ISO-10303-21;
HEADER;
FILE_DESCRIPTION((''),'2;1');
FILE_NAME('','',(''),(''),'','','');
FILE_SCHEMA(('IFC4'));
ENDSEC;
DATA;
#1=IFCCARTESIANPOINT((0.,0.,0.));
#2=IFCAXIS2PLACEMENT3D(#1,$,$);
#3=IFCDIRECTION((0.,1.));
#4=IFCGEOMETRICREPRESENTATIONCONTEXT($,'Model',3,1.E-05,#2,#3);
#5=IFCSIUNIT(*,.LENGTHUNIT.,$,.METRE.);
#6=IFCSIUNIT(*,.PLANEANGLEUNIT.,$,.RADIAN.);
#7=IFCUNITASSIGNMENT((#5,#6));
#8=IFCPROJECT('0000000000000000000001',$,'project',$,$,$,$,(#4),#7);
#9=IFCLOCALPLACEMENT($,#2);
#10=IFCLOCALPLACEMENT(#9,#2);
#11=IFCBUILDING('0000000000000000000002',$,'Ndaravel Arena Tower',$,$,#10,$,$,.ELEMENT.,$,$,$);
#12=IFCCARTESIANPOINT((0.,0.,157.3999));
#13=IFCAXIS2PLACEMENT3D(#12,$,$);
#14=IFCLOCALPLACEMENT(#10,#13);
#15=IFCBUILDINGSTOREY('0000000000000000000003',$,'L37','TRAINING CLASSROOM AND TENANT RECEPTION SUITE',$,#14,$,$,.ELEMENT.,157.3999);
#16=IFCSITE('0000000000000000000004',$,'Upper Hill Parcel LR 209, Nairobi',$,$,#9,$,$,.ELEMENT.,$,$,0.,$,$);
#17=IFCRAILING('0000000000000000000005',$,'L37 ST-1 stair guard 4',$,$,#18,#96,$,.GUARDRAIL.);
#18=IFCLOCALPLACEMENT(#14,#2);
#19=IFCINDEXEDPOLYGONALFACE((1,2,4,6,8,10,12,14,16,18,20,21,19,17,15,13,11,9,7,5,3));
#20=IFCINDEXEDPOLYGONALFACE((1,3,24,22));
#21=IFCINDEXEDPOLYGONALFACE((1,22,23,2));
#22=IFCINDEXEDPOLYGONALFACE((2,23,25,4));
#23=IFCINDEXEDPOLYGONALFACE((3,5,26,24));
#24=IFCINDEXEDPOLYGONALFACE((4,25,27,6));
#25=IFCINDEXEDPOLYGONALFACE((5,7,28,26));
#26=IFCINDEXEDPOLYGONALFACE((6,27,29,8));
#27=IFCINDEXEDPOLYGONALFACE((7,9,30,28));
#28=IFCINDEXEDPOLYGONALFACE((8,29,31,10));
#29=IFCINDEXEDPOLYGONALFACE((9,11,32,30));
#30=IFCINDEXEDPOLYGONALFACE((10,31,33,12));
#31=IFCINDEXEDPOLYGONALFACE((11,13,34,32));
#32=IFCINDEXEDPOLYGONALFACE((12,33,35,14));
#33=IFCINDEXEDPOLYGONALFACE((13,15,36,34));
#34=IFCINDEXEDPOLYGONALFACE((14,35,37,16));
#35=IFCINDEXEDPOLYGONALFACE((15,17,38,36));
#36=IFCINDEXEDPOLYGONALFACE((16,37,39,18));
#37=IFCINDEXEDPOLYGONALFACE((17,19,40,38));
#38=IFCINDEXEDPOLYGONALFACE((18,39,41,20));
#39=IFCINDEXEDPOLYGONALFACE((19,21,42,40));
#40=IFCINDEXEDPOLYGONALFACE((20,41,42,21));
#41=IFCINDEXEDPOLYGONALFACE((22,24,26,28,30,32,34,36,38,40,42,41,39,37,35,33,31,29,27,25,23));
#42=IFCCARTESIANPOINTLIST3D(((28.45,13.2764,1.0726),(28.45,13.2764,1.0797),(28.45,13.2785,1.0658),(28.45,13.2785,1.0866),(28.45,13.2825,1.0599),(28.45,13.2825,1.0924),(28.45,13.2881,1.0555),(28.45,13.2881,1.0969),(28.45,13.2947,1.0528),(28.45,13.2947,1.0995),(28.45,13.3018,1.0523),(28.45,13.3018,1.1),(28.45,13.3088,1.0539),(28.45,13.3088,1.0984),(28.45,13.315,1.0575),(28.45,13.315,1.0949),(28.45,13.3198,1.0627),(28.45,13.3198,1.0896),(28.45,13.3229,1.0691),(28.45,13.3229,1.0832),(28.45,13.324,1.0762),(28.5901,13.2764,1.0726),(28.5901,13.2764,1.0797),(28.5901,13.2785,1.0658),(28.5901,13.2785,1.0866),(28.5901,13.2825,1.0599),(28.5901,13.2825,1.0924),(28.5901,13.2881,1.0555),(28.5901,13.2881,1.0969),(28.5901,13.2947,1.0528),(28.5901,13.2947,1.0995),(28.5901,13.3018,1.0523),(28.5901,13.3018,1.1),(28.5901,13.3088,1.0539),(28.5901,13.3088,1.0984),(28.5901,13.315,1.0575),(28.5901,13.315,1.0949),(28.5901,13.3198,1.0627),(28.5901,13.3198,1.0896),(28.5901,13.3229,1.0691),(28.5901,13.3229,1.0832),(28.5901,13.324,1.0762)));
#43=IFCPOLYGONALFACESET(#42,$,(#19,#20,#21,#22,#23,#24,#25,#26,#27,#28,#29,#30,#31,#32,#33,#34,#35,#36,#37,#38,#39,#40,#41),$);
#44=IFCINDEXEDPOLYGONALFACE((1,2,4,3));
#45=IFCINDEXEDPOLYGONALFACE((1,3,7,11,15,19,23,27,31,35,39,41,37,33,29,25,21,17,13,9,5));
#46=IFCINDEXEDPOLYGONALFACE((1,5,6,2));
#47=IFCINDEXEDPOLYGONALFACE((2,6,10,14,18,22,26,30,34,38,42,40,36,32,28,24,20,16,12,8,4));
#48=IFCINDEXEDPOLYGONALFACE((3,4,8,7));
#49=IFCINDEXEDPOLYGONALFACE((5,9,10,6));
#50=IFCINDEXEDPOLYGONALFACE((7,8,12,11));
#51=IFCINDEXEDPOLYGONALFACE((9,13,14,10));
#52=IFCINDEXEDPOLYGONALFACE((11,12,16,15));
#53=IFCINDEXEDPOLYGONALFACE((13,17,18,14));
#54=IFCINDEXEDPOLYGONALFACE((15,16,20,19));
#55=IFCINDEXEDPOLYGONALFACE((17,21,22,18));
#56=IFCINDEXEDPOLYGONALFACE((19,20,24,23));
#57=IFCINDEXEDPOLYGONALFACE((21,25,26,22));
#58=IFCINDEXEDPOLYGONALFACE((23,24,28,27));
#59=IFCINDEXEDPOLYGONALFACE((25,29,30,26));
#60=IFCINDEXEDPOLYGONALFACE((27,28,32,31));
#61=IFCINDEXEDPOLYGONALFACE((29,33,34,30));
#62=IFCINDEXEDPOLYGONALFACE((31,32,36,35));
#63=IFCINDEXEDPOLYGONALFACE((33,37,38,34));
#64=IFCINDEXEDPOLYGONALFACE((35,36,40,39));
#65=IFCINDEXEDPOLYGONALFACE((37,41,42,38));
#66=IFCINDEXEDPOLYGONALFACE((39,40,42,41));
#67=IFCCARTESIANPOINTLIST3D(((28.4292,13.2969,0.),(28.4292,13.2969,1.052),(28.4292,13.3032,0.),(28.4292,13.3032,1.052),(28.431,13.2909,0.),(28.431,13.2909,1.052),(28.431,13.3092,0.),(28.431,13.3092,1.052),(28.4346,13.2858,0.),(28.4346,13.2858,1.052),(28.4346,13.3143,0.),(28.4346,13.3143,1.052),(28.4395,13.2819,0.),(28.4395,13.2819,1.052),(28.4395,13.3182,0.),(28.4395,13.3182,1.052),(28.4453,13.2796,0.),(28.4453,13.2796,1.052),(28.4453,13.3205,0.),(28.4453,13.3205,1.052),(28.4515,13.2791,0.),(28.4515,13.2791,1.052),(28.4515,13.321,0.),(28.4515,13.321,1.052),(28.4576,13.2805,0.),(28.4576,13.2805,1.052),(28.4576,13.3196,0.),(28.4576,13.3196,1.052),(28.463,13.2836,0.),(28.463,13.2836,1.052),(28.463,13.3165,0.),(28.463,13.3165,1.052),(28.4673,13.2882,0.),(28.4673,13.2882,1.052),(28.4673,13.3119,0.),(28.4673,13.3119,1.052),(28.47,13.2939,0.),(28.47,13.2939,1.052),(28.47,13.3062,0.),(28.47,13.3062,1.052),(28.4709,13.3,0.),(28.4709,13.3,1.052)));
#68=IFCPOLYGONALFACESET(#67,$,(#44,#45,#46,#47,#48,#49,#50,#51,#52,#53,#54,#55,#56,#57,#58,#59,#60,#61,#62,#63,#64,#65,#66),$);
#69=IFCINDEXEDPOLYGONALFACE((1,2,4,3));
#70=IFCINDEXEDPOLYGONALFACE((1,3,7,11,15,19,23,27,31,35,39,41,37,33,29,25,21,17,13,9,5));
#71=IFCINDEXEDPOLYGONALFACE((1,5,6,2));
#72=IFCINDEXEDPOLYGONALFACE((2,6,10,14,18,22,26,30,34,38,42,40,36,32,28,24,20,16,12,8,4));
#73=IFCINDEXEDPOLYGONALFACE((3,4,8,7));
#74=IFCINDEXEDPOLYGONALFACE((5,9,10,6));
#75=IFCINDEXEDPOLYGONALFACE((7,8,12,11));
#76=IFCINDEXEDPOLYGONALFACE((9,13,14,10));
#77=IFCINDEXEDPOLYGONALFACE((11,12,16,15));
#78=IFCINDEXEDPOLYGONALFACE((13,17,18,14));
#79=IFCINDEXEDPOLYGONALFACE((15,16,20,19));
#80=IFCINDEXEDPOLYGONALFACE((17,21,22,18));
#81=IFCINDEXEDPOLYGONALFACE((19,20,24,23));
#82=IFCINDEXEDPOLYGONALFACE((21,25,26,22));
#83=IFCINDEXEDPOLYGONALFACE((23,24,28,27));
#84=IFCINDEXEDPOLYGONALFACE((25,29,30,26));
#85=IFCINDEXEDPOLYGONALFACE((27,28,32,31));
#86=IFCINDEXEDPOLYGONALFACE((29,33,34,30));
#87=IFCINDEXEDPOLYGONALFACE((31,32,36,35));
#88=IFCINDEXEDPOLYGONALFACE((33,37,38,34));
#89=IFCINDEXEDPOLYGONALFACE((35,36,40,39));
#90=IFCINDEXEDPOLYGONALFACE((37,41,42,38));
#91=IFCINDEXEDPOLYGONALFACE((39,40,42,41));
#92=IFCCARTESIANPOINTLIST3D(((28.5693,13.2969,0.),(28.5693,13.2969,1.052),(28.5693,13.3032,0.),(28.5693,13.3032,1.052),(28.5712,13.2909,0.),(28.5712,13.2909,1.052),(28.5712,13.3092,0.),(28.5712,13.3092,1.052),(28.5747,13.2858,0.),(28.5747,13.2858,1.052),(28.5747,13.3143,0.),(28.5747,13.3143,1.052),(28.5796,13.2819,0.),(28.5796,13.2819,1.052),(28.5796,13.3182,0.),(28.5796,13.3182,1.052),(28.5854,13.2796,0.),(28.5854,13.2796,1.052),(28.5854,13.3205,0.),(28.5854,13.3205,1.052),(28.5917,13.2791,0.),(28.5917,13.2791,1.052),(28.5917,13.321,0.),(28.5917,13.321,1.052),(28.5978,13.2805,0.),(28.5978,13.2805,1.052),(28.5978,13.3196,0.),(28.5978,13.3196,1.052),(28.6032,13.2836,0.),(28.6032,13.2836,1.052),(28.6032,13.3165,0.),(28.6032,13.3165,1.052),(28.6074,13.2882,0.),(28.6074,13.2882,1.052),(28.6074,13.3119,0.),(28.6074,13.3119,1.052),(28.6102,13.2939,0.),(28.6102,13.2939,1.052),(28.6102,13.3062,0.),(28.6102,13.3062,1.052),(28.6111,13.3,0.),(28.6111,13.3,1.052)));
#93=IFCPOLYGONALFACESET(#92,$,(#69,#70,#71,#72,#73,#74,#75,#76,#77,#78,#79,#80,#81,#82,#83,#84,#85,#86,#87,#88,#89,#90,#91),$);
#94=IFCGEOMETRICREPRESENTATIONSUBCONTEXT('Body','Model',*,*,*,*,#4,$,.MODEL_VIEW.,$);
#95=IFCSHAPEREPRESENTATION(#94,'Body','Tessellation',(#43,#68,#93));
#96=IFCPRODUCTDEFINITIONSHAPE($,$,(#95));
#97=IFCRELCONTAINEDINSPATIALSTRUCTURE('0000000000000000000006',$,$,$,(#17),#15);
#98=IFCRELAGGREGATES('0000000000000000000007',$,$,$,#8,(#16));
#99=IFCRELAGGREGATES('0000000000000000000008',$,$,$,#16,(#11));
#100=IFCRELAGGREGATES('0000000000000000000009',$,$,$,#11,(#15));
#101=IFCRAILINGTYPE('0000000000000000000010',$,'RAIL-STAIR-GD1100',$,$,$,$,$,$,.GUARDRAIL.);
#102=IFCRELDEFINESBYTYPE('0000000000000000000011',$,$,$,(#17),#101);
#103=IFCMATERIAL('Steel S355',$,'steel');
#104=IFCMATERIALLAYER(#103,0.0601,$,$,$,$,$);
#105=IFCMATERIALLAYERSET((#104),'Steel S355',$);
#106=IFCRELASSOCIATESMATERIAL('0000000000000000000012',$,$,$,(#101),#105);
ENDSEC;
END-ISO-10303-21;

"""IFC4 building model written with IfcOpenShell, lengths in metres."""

from ifc_helpers import new_model, si_unit, direction, frame, origin, origin_2d, place, context, subcontext, project, spatial, circle, extrude, material, layer, layer_set, type_object, element, save


model = new_model("IFC4")

# Units and contexts
model_context = context("Model", 3, precision=1e-05, world=origin(), true_north=direction((0.0, 1.0)))
body_context = subcontext(model_context, "Body", "Model", "MODEL_VIEW")
ifc_project = project(units=[si_unit("LENGTHUNIT", "METRE"), si_unit("PLANEANGLEUNIT", "RADIAN")], contexts=[model_context])

# Site, building, storey
site_placement = place(None, origin())
site = spatial("IfcSite", under=ifc_project, at=site_placement, Name="Upper Hill Parcel LR 209, Nairobi", CompositionType="ELEMENT", RefElevation=0.0)
building_placement = place(site_placement, origin())
building = spatial("IfcBuilding", under=site, at=building_placement, Name="Ndaravel Arena Tower", CompositionType="ELEMENT")
storey_placement = place(building_placement, frame((0.0, 0.0, 157.3999)))
storey = spatial("IfcBuildingStorey", under=building, at=storey_placement, Name="L37", Description="TRAINING CLASSROOM AND TENANT RECEPTION SUITE", CompositionType="ELEMENT", Elevation=157.3999)

# Railing
ifc_material_1 = material(Name="Steel S355", Category="steel")
ifc_layer_1 = layer(ifc_material_1, 0.0601)
ifc_layer_set_1 = layer_set([ifc_layer_1], Name="Steel S355")
railing_type_1 = type_object("IfcRailingType", Name="RAIL-STAIR-GD1100", PredefinedType="GUARDRAIL", material=ifc_layer_set_1)
railing_1_placement = place(storey_placement, frame((28.45, 13.3, 0.0)))
element("IfcRailing", 1, at=railing_1_placement, inside=storey, type_object=railing_type_1, Name="L37 ST-1 stair guard 4", PredefinedType="GUARDRAIL", context=body_context, shape_type="SweptSolid", body=[
    extrude(circle(Radius=0.0239, at=origin_2d()), frame((0.0, 0.0, 1.0762), z_axis=(1.0, 0.0, 0.0), x_axis=(0.0, 1.0, 0.0)), (0.0, 0.0, 1.0), 0.1401),
    extrude(circle(Radius=0.021, at=origin_2d()), origin(), (0.0, 0.0, 1.0), 1.052),
    extrude(circle(Radius=0.021, at=origin_2d()), frame((0.1401, 0.0, 0.0)), (0.0, 0.0, 1.0), 1.052),
])

save(model, "model.ifc")
